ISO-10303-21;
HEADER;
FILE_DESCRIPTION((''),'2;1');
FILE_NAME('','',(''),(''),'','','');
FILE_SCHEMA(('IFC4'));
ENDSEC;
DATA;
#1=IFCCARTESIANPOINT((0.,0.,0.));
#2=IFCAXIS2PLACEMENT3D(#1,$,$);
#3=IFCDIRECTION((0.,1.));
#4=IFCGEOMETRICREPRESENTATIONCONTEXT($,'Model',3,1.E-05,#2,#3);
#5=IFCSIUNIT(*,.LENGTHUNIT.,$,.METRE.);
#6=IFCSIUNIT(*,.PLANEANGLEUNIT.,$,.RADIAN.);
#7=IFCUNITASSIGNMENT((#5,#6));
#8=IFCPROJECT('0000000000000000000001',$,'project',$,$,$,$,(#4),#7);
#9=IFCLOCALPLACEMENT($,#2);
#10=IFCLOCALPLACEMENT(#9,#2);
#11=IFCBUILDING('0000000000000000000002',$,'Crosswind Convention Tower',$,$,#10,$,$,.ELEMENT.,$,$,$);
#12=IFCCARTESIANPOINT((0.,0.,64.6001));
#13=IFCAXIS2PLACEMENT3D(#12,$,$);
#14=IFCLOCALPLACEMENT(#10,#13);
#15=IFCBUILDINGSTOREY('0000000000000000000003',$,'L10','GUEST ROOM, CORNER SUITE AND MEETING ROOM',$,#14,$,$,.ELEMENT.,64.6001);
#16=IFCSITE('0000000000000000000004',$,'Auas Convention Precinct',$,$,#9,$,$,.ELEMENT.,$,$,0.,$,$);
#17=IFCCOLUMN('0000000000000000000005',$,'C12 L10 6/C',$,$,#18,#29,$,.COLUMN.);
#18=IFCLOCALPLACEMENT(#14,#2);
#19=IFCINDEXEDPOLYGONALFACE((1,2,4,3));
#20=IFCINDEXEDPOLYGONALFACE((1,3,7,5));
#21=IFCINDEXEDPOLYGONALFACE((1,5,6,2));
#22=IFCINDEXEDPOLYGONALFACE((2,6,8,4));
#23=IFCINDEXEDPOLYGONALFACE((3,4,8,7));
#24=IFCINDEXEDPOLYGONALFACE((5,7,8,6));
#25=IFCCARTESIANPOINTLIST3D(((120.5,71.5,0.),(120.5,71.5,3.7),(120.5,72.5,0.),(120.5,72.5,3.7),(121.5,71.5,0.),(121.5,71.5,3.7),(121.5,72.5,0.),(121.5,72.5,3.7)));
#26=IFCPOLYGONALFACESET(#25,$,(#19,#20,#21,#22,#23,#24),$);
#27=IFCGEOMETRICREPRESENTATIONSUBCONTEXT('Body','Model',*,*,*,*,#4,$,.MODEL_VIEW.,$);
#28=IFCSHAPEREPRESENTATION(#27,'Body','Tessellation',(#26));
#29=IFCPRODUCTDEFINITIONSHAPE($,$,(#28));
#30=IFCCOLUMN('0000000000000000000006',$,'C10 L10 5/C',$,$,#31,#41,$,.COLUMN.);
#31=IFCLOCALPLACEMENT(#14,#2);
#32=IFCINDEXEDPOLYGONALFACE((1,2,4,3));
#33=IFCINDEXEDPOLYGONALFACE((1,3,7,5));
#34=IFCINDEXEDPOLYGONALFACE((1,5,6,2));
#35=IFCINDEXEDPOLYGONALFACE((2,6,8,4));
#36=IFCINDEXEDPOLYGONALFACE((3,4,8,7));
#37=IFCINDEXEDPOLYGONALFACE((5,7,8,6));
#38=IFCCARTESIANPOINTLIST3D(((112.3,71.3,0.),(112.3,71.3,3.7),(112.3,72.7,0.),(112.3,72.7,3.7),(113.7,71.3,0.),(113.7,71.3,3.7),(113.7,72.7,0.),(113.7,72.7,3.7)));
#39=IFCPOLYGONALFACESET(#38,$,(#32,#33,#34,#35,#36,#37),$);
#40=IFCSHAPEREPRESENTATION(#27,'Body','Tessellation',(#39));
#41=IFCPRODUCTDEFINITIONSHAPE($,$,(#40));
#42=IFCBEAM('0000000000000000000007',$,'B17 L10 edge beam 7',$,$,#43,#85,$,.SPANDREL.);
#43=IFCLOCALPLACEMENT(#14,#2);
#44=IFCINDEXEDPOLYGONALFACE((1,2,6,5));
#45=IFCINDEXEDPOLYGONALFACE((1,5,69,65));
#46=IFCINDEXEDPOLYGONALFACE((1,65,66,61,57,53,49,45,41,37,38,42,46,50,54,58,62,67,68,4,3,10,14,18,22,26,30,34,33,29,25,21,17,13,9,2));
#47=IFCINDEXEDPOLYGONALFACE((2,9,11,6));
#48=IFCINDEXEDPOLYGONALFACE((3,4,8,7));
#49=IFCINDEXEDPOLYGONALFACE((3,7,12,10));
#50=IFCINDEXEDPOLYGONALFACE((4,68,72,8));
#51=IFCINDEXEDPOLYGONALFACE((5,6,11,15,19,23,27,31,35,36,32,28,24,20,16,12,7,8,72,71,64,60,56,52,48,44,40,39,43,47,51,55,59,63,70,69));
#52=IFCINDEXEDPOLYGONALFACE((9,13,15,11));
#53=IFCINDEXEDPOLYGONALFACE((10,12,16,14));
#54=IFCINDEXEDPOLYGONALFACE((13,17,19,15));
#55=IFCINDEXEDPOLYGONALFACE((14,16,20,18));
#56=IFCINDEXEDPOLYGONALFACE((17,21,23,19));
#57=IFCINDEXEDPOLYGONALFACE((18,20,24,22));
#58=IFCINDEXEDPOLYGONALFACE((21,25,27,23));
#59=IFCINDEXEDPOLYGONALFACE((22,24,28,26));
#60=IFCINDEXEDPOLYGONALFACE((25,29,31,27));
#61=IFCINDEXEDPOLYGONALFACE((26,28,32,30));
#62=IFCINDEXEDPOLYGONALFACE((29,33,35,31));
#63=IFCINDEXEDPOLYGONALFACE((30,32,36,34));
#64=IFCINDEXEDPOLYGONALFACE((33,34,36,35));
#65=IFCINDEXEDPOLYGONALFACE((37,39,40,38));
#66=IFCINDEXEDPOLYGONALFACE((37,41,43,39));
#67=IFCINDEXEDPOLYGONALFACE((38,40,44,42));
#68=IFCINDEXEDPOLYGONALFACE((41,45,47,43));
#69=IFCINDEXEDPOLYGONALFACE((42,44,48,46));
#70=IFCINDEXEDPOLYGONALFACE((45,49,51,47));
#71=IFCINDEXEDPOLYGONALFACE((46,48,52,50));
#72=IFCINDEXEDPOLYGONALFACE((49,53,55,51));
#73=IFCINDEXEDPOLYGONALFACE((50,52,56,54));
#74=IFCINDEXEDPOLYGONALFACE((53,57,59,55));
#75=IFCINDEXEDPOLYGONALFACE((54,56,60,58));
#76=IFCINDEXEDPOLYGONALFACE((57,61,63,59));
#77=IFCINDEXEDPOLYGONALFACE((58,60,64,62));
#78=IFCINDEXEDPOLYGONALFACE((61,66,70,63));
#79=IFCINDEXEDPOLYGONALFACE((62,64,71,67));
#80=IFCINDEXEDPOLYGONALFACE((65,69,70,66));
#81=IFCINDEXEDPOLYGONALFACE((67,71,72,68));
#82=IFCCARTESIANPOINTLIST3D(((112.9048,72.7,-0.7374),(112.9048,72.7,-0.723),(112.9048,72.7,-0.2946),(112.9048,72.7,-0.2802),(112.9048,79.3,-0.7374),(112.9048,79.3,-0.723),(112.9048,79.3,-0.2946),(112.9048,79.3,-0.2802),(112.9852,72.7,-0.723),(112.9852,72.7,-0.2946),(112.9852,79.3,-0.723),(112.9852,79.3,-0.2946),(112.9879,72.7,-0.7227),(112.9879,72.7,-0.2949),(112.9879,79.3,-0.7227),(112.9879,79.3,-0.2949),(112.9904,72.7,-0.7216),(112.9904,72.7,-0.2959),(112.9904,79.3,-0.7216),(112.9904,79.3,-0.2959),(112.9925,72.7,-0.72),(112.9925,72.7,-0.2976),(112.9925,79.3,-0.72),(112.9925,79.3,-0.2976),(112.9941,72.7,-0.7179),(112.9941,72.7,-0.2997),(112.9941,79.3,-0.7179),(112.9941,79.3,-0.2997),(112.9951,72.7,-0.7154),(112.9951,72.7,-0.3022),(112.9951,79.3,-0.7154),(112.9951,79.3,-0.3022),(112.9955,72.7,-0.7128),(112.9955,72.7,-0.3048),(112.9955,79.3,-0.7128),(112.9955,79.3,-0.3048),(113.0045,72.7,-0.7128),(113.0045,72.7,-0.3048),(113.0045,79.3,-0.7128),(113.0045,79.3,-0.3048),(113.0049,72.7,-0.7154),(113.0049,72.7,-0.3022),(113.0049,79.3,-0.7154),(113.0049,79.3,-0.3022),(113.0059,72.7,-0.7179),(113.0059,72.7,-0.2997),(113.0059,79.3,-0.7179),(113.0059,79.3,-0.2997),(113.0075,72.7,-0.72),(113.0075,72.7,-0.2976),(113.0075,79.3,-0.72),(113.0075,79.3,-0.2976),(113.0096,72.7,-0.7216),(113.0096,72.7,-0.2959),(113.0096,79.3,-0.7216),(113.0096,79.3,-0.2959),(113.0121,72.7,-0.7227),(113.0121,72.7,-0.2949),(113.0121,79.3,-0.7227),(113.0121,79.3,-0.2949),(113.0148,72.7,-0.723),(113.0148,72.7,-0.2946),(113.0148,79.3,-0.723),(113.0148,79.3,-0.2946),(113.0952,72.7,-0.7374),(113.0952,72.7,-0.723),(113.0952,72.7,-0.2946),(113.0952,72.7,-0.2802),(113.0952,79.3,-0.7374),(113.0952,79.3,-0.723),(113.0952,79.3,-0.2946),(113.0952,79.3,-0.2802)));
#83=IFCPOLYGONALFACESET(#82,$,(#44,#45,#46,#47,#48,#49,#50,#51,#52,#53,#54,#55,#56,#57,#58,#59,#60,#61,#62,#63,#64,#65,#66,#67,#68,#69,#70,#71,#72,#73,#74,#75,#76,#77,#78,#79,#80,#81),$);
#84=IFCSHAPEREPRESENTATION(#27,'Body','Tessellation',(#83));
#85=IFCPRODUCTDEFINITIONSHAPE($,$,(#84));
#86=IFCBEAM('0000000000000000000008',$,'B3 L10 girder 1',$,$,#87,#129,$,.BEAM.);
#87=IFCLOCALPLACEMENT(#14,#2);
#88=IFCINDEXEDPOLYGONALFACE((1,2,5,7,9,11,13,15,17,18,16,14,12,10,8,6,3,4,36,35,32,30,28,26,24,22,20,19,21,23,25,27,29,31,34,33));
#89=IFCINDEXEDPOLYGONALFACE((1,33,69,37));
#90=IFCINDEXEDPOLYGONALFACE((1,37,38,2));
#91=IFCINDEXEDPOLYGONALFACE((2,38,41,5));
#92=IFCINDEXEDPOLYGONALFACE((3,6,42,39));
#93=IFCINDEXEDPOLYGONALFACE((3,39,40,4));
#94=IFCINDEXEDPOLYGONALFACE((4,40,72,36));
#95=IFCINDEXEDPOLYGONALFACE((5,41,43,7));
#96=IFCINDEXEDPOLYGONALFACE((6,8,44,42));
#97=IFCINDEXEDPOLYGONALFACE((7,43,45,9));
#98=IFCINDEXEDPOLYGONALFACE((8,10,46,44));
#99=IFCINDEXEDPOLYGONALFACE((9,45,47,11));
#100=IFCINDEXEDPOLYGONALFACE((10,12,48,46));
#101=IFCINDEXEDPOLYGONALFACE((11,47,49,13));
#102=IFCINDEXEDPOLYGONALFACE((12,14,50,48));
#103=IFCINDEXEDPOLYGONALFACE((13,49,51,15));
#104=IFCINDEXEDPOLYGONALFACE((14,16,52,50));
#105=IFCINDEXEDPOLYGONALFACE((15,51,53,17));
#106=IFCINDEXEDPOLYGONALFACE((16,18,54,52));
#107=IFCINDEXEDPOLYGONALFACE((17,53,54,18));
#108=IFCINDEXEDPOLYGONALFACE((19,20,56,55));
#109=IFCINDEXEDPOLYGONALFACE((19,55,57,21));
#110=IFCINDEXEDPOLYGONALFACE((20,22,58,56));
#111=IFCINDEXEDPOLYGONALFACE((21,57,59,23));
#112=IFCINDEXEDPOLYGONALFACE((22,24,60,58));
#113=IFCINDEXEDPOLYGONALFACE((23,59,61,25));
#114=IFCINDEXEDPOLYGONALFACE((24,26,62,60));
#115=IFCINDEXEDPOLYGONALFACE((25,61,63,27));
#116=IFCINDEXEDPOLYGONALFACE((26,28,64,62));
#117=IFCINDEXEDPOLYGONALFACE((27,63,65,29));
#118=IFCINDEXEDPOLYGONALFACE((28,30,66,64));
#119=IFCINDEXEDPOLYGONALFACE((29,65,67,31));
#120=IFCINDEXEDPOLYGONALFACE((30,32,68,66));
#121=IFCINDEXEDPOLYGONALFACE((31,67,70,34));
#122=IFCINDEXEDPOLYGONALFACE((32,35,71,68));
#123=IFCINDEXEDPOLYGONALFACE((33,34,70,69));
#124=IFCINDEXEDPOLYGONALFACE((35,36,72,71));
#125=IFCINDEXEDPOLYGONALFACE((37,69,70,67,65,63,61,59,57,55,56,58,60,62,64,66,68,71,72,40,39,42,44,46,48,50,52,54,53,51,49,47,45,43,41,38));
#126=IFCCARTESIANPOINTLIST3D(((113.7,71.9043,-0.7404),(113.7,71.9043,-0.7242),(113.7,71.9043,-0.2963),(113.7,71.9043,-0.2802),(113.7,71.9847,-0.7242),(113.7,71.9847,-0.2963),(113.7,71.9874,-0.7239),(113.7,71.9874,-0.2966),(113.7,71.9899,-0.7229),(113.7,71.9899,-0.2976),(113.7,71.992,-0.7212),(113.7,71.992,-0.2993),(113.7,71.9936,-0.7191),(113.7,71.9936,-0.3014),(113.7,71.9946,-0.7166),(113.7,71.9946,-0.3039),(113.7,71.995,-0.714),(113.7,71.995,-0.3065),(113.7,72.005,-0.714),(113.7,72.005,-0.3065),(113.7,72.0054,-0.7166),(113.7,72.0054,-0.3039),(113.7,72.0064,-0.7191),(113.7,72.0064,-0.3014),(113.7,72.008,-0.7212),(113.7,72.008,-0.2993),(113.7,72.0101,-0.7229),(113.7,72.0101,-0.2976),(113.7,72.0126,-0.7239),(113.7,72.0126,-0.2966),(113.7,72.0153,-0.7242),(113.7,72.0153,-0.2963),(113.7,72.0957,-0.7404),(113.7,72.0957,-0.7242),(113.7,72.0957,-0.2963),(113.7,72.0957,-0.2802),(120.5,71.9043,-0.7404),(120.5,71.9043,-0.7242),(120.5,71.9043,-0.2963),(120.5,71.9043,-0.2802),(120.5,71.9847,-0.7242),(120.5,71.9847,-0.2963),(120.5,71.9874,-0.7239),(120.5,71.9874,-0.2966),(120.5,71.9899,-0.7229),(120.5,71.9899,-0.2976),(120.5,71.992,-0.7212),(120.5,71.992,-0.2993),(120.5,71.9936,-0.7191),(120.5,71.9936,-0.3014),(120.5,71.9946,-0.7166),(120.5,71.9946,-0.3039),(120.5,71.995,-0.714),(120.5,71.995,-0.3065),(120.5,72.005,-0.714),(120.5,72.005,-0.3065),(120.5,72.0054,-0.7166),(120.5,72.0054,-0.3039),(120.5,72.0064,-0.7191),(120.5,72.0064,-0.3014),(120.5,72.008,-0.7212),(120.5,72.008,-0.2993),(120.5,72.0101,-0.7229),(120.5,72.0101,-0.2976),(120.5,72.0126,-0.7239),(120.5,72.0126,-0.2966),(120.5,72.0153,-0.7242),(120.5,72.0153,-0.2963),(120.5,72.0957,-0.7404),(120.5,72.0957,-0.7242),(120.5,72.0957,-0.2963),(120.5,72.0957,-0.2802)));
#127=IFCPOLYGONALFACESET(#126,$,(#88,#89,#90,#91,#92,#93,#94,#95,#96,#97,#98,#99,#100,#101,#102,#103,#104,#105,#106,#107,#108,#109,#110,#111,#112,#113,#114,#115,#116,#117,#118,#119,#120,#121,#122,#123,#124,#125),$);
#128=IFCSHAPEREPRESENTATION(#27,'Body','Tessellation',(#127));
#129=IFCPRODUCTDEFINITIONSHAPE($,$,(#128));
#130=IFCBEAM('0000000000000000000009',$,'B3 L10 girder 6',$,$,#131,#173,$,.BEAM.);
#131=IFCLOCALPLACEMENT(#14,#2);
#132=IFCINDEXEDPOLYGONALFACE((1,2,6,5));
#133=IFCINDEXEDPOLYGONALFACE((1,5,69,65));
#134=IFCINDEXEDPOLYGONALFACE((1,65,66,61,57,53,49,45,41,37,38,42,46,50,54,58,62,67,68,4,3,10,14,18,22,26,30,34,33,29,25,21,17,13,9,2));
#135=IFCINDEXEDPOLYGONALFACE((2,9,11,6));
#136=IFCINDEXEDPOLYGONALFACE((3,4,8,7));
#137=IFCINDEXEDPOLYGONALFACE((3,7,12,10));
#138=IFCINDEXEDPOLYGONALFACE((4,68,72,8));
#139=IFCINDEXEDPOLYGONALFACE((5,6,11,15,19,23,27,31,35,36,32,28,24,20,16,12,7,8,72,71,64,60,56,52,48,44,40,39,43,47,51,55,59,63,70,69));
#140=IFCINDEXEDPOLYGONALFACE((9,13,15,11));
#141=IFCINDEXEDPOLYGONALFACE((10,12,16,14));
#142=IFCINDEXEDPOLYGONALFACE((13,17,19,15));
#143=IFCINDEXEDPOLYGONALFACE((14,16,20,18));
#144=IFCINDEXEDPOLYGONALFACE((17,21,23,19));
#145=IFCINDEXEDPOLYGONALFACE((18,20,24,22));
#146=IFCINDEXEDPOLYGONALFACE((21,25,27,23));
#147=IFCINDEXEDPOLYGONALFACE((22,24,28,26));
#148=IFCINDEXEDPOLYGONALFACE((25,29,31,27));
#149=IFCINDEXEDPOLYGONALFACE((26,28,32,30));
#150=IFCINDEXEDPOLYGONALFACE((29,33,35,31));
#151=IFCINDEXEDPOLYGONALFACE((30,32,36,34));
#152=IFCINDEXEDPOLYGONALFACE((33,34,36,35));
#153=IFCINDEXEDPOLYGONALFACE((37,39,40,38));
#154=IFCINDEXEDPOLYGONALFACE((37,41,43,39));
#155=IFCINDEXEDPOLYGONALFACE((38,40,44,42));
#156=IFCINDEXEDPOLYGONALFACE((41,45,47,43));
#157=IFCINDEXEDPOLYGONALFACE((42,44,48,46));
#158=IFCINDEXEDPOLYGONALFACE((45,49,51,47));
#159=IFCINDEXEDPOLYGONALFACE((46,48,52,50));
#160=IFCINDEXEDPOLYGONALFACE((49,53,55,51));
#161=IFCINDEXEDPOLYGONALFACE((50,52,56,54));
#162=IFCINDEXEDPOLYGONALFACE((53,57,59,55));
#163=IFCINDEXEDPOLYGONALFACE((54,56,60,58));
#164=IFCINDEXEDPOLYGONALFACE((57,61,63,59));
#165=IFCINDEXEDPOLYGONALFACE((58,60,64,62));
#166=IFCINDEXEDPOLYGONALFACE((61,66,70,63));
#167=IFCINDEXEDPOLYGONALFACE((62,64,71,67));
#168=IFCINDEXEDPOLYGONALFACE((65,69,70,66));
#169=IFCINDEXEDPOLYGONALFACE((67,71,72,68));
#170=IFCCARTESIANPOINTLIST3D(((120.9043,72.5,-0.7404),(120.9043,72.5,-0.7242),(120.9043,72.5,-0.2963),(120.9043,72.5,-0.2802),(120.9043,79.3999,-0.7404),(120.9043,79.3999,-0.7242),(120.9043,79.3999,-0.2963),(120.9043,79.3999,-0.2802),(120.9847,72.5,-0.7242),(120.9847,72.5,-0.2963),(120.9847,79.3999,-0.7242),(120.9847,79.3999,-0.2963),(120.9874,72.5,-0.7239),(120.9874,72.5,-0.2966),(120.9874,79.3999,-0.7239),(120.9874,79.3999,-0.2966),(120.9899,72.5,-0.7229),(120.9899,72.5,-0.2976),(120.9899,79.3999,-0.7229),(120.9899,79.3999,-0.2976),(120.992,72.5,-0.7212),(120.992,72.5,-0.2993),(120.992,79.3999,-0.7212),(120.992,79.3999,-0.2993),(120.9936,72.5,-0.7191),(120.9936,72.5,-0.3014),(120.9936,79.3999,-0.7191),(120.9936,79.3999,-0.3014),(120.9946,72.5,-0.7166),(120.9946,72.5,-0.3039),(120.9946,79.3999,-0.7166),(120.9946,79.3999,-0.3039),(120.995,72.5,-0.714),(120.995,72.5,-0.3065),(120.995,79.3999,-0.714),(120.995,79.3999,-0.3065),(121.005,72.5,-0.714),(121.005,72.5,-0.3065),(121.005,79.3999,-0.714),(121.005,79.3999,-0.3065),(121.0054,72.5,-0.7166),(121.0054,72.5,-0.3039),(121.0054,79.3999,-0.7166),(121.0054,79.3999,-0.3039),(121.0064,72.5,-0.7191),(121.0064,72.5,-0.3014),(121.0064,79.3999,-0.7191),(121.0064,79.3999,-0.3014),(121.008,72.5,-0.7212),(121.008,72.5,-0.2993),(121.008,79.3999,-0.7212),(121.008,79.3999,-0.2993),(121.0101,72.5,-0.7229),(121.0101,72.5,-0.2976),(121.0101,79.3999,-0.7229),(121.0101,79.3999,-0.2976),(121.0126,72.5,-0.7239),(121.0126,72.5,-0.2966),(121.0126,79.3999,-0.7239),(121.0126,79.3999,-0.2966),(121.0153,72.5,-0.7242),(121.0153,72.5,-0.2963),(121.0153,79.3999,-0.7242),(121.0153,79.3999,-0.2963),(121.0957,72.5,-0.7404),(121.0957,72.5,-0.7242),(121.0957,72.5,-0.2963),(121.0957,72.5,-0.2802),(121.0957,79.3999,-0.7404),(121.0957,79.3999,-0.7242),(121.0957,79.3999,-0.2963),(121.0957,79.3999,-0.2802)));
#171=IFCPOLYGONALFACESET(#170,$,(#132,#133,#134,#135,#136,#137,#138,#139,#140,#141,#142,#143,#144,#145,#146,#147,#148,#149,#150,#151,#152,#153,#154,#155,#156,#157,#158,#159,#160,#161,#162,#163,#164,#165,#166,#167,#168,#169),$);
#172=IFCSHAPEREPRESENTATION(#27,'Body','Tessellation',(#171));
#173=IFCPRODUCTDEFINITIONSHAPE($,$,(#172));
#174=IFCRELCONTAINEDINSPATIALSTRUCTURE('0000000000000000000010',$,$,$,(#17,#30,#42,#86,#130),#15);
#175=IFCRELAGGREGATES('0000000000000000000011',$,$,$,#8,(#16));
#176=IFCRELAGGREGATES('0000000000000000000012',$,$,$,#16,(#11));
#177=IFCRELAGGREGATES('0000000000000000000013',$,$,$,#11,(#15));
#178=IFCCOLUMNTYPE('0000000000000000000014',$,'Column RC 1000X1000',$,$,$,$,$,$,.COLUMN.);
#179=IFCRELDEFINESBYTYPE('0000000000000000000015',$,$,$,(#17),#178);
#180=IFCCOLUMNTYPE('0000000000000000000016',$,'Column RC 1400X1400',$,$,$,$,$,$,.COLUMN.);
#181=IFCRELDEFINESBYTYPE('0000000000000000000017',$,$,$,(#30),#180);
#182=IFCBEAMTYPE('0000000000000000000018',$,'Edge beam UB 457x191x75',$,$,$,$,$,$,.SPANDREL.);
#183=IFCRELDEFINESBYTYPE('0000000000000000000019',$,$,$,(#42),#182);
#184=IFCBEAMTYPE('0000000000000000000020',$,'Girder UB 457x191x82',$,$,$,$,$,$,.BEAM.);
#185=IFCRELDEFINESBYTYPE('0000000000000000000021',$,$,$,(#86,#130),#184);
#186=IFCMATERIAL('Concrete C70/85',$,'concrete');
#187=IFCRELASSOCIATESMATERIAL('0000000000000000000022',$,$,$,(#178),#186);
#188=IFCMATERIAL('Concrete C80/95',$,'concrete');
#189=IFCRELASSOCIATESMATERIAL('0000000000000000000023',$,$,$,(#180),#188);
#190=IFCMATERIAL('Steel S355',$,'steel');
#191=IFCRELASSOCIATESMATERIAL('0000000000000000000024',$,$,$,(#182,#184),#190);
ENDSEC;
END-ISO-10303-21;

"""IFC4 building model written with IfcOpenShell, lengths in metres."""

from ifc_helpers import new_model, si_unit, direction, frame, origin, origin_2d, place, context, subcontext, project, spatial, rectangle, i_section, extrude, material, material_profile, profile_set, type_object, element, save


model = new_model("IFC4")

# Units and contexts
model_context = context("Model", 3, precision=1e-05, world=origin(), true_north=direction((0.0, 1.0)))
body_context = subcontext(model_context, "Body", "Model", "MODEL_VIEW")
ifc_project = project(units=[si_unit("LENGTHUNIT", "METRE"), si_unit("PLANEANGLEUNIT", "RADIAN")], contexts=[model_context])

# Site, building, storey
site_placement = place(None, origin())
site = spatial("IfcSite", under=ifc_project, at=site_placement, Name="Auas Convention Precinct", CompositionType="ELEMENT", RefElevation=0.0)
building_placement = place(site_placement, origin())
building = spatial("IfcBuilding", under=site, at=building_placement, Name="Crosswind Convention Tower", CompositionType="ELEMENT")
storey_placement = place(building_placement, frame((0.0, 0.0, 64.6001)))
storey = spatial("IfcBuildingStorey", under=building, at=storey_placement, Name="L10", Description="GUEST ROOM, CORNER SUITE AND MEETING ROOM", CompositionType="ELEMENT", Elevation=64.6001)

# Columns
ifc_material_1 = material(Name="Concrete C70/85", Category="concrete")
ifc_material_profile_1 = material_profile(ifc_material_1, rectangle(XDim=1.0, YDim=1.0, at=origin_2d()), Name="RC 1000X1000")
ifc_profile_set_1 = profile_set([ifc_material_profile_1], Name="Concrete C70/85")
column_type_1 = type_object("IfcColumnType", Name="Column RC 1000X1000", PredefinedType="COLUMN", material=ifc_profile_set_1)
column_1_placement = place(storey_placement, frame((121.0, 72.0, 0.0), z_axis=(0.0, 0.0, 1.0), x_axis=(1.0, 0.0, 0.0)))
element("IfcColumn", 1, at=column_1_placement, inside=storey, type_object=column_type_1, Name="C12 L10 6/C", PredefinedType="COLUMN", context=body_context, shape_type="SweptSolid", body=[
    extrude(rectangle(XDim=1.0, YDim=1.0, at=origin_2d()), origin(), (0.0, 0.0, 1.0), 3.7),
])
ifc_material_2 = material(Name="Concrete C80/95", Category="concrete")
ifc_material_profile_2 = material_profile(ifc_material_2, rectangle(XDim=1.3999, YDim=1.3999, at=origin_2d()), Name="RC 1400X1400")
ifc_profile_set_2 = profile_set([ifc_material_profile_2], Name="Concrete C80/95")
column_type_2 = type_object("IfcColumnType", Name="Column RC 1400X1400", PredefinedType="COLUMN", material=ifc_profile_set_2)
column_2_placement = place(storey_placement, frame((113.0, 72.0, 0.0), z_axis=(0.0, 0.0, 1.0), x_axis=(1.0, 0.0, 0.0)))
element("IfcColumn", 2, at=column_2_placement, inside=storey, type_object=column_type_2, Name="C10 L10 5/C", PredefinedType="COLUMN", context=body_context, shape_type="SweptSolid", body=[
    extrude(rectangle(XDim=1.3999, YDim=1.3999, at=origin_2d()), origin(), (0.0, 0.0, 1.0), 3.7),
])

# Beams
ifc_material_3 = material(Name="Steel S355", Category="steel")
ifc_material_profile_3 = material_profile(ifc_material_3, i_section(OverallWidth=0.1904, OverallDepth=0.4573, WebThickness=0.009, FlangeThickness=0.0144, FilletRadius=0.0103, at=origin_2d()), Name="UB 457x191x75")
ifc_profile_set_3 = profile_set([ifc_material_profile_3], Name="Steel S355")
beam_type_1 = type_object("IfcBeamType", Name="Edge beam UB 457x191x75", PredefinedType="SPANDREL", material=ifc_profile_set_3)
beam_1_placement = place(storey_placement, frame((113.0, 72.7, -0.5088), z_axis=(0.0, 1.0, 0.0), x_axis=(-1.0, 0.0, 0.0)))
element("IfcBeam", 3, at=beam_1_placement, inside=storey, type_object=beam_type_1, Name="B17 L10 edge beam 7", PredefinedType="SPANDREL", context=body_context, shape_type="SweptSolid", body=[
    extrude(i_section(OverallWidth=0.1904, OverallDepth=0.4573, WebThickness=0.009, FlangeThickness=0.0144, FilletRadius=0.0103, at=origin_2d()), origin(), (0.0, 0.0, 1.0), 6.6001),
])
ifc_material_profile_4 = material_profile(ifc_material_3, i_section(OverallWidth=0.1914, OverallDepth=0.4602, WebThickness=0.01, FlangeThickness=0.0161, FilletRadius=0.0103, at=origin_2d()), Name="UB 457x191x82")
ifc_profile_set_4 = profile_set([ifc_material_profile_4], Name="Steel S355")
beam_type_2 = type_object("IfcBeamType", Name="Girder UB 457x191x82", PredefinedType="BEAM", material=ifc_profile_set_4)
beam_2_placement = place(storey_placement, frame((113.7, 72.0, -0.5103), z_axis=(1.0, 0.0, 0.0), x_axis=(0.0, 1.0, 0.0)))
element("IfcBeam", 4, at=beam_2_placement, inside=storey, type_object=beam_type_2, Name="B3 L10 girder 1", PredefinedType="BEAM", context=body_context, shape_type="SweptSolid", body=[
    extrude(i_section(OverallWidth=0.1914, OverallDepth=0.4602, WebThickness=0.01, FlangeThickness=0.0161, FilletRadius=0.0103, at=origin_2d()), origin(), (0.0, 0.0, 1.0), 6.8),
])
beam_3_placement = place(storey_placement, frame((121.0, 72.5, -0.5103), z_axis=(0.0, 1.0, 0.0), x_axis=(-1.0, 0.0, 0.0)))
element("IfcBeam", 5, at=beam_3_placement, inside=storey, type_object=beam_type_2, Name="B3 L10 girder 6", PredefinedType="BEAM", context=body_context, shape_type="SweptSolid", body=[
    extrude(i_section(OverallWidth=0.1914, OverallDepth=0.4602, WebThickness=0.01, FlangeThickness=0.0161, FilletRadius=0.0103, at=origin_2d()), origin(), (0.0, 0.0, 1.0), 6.8999),
])

save(model, "model.ifc")
